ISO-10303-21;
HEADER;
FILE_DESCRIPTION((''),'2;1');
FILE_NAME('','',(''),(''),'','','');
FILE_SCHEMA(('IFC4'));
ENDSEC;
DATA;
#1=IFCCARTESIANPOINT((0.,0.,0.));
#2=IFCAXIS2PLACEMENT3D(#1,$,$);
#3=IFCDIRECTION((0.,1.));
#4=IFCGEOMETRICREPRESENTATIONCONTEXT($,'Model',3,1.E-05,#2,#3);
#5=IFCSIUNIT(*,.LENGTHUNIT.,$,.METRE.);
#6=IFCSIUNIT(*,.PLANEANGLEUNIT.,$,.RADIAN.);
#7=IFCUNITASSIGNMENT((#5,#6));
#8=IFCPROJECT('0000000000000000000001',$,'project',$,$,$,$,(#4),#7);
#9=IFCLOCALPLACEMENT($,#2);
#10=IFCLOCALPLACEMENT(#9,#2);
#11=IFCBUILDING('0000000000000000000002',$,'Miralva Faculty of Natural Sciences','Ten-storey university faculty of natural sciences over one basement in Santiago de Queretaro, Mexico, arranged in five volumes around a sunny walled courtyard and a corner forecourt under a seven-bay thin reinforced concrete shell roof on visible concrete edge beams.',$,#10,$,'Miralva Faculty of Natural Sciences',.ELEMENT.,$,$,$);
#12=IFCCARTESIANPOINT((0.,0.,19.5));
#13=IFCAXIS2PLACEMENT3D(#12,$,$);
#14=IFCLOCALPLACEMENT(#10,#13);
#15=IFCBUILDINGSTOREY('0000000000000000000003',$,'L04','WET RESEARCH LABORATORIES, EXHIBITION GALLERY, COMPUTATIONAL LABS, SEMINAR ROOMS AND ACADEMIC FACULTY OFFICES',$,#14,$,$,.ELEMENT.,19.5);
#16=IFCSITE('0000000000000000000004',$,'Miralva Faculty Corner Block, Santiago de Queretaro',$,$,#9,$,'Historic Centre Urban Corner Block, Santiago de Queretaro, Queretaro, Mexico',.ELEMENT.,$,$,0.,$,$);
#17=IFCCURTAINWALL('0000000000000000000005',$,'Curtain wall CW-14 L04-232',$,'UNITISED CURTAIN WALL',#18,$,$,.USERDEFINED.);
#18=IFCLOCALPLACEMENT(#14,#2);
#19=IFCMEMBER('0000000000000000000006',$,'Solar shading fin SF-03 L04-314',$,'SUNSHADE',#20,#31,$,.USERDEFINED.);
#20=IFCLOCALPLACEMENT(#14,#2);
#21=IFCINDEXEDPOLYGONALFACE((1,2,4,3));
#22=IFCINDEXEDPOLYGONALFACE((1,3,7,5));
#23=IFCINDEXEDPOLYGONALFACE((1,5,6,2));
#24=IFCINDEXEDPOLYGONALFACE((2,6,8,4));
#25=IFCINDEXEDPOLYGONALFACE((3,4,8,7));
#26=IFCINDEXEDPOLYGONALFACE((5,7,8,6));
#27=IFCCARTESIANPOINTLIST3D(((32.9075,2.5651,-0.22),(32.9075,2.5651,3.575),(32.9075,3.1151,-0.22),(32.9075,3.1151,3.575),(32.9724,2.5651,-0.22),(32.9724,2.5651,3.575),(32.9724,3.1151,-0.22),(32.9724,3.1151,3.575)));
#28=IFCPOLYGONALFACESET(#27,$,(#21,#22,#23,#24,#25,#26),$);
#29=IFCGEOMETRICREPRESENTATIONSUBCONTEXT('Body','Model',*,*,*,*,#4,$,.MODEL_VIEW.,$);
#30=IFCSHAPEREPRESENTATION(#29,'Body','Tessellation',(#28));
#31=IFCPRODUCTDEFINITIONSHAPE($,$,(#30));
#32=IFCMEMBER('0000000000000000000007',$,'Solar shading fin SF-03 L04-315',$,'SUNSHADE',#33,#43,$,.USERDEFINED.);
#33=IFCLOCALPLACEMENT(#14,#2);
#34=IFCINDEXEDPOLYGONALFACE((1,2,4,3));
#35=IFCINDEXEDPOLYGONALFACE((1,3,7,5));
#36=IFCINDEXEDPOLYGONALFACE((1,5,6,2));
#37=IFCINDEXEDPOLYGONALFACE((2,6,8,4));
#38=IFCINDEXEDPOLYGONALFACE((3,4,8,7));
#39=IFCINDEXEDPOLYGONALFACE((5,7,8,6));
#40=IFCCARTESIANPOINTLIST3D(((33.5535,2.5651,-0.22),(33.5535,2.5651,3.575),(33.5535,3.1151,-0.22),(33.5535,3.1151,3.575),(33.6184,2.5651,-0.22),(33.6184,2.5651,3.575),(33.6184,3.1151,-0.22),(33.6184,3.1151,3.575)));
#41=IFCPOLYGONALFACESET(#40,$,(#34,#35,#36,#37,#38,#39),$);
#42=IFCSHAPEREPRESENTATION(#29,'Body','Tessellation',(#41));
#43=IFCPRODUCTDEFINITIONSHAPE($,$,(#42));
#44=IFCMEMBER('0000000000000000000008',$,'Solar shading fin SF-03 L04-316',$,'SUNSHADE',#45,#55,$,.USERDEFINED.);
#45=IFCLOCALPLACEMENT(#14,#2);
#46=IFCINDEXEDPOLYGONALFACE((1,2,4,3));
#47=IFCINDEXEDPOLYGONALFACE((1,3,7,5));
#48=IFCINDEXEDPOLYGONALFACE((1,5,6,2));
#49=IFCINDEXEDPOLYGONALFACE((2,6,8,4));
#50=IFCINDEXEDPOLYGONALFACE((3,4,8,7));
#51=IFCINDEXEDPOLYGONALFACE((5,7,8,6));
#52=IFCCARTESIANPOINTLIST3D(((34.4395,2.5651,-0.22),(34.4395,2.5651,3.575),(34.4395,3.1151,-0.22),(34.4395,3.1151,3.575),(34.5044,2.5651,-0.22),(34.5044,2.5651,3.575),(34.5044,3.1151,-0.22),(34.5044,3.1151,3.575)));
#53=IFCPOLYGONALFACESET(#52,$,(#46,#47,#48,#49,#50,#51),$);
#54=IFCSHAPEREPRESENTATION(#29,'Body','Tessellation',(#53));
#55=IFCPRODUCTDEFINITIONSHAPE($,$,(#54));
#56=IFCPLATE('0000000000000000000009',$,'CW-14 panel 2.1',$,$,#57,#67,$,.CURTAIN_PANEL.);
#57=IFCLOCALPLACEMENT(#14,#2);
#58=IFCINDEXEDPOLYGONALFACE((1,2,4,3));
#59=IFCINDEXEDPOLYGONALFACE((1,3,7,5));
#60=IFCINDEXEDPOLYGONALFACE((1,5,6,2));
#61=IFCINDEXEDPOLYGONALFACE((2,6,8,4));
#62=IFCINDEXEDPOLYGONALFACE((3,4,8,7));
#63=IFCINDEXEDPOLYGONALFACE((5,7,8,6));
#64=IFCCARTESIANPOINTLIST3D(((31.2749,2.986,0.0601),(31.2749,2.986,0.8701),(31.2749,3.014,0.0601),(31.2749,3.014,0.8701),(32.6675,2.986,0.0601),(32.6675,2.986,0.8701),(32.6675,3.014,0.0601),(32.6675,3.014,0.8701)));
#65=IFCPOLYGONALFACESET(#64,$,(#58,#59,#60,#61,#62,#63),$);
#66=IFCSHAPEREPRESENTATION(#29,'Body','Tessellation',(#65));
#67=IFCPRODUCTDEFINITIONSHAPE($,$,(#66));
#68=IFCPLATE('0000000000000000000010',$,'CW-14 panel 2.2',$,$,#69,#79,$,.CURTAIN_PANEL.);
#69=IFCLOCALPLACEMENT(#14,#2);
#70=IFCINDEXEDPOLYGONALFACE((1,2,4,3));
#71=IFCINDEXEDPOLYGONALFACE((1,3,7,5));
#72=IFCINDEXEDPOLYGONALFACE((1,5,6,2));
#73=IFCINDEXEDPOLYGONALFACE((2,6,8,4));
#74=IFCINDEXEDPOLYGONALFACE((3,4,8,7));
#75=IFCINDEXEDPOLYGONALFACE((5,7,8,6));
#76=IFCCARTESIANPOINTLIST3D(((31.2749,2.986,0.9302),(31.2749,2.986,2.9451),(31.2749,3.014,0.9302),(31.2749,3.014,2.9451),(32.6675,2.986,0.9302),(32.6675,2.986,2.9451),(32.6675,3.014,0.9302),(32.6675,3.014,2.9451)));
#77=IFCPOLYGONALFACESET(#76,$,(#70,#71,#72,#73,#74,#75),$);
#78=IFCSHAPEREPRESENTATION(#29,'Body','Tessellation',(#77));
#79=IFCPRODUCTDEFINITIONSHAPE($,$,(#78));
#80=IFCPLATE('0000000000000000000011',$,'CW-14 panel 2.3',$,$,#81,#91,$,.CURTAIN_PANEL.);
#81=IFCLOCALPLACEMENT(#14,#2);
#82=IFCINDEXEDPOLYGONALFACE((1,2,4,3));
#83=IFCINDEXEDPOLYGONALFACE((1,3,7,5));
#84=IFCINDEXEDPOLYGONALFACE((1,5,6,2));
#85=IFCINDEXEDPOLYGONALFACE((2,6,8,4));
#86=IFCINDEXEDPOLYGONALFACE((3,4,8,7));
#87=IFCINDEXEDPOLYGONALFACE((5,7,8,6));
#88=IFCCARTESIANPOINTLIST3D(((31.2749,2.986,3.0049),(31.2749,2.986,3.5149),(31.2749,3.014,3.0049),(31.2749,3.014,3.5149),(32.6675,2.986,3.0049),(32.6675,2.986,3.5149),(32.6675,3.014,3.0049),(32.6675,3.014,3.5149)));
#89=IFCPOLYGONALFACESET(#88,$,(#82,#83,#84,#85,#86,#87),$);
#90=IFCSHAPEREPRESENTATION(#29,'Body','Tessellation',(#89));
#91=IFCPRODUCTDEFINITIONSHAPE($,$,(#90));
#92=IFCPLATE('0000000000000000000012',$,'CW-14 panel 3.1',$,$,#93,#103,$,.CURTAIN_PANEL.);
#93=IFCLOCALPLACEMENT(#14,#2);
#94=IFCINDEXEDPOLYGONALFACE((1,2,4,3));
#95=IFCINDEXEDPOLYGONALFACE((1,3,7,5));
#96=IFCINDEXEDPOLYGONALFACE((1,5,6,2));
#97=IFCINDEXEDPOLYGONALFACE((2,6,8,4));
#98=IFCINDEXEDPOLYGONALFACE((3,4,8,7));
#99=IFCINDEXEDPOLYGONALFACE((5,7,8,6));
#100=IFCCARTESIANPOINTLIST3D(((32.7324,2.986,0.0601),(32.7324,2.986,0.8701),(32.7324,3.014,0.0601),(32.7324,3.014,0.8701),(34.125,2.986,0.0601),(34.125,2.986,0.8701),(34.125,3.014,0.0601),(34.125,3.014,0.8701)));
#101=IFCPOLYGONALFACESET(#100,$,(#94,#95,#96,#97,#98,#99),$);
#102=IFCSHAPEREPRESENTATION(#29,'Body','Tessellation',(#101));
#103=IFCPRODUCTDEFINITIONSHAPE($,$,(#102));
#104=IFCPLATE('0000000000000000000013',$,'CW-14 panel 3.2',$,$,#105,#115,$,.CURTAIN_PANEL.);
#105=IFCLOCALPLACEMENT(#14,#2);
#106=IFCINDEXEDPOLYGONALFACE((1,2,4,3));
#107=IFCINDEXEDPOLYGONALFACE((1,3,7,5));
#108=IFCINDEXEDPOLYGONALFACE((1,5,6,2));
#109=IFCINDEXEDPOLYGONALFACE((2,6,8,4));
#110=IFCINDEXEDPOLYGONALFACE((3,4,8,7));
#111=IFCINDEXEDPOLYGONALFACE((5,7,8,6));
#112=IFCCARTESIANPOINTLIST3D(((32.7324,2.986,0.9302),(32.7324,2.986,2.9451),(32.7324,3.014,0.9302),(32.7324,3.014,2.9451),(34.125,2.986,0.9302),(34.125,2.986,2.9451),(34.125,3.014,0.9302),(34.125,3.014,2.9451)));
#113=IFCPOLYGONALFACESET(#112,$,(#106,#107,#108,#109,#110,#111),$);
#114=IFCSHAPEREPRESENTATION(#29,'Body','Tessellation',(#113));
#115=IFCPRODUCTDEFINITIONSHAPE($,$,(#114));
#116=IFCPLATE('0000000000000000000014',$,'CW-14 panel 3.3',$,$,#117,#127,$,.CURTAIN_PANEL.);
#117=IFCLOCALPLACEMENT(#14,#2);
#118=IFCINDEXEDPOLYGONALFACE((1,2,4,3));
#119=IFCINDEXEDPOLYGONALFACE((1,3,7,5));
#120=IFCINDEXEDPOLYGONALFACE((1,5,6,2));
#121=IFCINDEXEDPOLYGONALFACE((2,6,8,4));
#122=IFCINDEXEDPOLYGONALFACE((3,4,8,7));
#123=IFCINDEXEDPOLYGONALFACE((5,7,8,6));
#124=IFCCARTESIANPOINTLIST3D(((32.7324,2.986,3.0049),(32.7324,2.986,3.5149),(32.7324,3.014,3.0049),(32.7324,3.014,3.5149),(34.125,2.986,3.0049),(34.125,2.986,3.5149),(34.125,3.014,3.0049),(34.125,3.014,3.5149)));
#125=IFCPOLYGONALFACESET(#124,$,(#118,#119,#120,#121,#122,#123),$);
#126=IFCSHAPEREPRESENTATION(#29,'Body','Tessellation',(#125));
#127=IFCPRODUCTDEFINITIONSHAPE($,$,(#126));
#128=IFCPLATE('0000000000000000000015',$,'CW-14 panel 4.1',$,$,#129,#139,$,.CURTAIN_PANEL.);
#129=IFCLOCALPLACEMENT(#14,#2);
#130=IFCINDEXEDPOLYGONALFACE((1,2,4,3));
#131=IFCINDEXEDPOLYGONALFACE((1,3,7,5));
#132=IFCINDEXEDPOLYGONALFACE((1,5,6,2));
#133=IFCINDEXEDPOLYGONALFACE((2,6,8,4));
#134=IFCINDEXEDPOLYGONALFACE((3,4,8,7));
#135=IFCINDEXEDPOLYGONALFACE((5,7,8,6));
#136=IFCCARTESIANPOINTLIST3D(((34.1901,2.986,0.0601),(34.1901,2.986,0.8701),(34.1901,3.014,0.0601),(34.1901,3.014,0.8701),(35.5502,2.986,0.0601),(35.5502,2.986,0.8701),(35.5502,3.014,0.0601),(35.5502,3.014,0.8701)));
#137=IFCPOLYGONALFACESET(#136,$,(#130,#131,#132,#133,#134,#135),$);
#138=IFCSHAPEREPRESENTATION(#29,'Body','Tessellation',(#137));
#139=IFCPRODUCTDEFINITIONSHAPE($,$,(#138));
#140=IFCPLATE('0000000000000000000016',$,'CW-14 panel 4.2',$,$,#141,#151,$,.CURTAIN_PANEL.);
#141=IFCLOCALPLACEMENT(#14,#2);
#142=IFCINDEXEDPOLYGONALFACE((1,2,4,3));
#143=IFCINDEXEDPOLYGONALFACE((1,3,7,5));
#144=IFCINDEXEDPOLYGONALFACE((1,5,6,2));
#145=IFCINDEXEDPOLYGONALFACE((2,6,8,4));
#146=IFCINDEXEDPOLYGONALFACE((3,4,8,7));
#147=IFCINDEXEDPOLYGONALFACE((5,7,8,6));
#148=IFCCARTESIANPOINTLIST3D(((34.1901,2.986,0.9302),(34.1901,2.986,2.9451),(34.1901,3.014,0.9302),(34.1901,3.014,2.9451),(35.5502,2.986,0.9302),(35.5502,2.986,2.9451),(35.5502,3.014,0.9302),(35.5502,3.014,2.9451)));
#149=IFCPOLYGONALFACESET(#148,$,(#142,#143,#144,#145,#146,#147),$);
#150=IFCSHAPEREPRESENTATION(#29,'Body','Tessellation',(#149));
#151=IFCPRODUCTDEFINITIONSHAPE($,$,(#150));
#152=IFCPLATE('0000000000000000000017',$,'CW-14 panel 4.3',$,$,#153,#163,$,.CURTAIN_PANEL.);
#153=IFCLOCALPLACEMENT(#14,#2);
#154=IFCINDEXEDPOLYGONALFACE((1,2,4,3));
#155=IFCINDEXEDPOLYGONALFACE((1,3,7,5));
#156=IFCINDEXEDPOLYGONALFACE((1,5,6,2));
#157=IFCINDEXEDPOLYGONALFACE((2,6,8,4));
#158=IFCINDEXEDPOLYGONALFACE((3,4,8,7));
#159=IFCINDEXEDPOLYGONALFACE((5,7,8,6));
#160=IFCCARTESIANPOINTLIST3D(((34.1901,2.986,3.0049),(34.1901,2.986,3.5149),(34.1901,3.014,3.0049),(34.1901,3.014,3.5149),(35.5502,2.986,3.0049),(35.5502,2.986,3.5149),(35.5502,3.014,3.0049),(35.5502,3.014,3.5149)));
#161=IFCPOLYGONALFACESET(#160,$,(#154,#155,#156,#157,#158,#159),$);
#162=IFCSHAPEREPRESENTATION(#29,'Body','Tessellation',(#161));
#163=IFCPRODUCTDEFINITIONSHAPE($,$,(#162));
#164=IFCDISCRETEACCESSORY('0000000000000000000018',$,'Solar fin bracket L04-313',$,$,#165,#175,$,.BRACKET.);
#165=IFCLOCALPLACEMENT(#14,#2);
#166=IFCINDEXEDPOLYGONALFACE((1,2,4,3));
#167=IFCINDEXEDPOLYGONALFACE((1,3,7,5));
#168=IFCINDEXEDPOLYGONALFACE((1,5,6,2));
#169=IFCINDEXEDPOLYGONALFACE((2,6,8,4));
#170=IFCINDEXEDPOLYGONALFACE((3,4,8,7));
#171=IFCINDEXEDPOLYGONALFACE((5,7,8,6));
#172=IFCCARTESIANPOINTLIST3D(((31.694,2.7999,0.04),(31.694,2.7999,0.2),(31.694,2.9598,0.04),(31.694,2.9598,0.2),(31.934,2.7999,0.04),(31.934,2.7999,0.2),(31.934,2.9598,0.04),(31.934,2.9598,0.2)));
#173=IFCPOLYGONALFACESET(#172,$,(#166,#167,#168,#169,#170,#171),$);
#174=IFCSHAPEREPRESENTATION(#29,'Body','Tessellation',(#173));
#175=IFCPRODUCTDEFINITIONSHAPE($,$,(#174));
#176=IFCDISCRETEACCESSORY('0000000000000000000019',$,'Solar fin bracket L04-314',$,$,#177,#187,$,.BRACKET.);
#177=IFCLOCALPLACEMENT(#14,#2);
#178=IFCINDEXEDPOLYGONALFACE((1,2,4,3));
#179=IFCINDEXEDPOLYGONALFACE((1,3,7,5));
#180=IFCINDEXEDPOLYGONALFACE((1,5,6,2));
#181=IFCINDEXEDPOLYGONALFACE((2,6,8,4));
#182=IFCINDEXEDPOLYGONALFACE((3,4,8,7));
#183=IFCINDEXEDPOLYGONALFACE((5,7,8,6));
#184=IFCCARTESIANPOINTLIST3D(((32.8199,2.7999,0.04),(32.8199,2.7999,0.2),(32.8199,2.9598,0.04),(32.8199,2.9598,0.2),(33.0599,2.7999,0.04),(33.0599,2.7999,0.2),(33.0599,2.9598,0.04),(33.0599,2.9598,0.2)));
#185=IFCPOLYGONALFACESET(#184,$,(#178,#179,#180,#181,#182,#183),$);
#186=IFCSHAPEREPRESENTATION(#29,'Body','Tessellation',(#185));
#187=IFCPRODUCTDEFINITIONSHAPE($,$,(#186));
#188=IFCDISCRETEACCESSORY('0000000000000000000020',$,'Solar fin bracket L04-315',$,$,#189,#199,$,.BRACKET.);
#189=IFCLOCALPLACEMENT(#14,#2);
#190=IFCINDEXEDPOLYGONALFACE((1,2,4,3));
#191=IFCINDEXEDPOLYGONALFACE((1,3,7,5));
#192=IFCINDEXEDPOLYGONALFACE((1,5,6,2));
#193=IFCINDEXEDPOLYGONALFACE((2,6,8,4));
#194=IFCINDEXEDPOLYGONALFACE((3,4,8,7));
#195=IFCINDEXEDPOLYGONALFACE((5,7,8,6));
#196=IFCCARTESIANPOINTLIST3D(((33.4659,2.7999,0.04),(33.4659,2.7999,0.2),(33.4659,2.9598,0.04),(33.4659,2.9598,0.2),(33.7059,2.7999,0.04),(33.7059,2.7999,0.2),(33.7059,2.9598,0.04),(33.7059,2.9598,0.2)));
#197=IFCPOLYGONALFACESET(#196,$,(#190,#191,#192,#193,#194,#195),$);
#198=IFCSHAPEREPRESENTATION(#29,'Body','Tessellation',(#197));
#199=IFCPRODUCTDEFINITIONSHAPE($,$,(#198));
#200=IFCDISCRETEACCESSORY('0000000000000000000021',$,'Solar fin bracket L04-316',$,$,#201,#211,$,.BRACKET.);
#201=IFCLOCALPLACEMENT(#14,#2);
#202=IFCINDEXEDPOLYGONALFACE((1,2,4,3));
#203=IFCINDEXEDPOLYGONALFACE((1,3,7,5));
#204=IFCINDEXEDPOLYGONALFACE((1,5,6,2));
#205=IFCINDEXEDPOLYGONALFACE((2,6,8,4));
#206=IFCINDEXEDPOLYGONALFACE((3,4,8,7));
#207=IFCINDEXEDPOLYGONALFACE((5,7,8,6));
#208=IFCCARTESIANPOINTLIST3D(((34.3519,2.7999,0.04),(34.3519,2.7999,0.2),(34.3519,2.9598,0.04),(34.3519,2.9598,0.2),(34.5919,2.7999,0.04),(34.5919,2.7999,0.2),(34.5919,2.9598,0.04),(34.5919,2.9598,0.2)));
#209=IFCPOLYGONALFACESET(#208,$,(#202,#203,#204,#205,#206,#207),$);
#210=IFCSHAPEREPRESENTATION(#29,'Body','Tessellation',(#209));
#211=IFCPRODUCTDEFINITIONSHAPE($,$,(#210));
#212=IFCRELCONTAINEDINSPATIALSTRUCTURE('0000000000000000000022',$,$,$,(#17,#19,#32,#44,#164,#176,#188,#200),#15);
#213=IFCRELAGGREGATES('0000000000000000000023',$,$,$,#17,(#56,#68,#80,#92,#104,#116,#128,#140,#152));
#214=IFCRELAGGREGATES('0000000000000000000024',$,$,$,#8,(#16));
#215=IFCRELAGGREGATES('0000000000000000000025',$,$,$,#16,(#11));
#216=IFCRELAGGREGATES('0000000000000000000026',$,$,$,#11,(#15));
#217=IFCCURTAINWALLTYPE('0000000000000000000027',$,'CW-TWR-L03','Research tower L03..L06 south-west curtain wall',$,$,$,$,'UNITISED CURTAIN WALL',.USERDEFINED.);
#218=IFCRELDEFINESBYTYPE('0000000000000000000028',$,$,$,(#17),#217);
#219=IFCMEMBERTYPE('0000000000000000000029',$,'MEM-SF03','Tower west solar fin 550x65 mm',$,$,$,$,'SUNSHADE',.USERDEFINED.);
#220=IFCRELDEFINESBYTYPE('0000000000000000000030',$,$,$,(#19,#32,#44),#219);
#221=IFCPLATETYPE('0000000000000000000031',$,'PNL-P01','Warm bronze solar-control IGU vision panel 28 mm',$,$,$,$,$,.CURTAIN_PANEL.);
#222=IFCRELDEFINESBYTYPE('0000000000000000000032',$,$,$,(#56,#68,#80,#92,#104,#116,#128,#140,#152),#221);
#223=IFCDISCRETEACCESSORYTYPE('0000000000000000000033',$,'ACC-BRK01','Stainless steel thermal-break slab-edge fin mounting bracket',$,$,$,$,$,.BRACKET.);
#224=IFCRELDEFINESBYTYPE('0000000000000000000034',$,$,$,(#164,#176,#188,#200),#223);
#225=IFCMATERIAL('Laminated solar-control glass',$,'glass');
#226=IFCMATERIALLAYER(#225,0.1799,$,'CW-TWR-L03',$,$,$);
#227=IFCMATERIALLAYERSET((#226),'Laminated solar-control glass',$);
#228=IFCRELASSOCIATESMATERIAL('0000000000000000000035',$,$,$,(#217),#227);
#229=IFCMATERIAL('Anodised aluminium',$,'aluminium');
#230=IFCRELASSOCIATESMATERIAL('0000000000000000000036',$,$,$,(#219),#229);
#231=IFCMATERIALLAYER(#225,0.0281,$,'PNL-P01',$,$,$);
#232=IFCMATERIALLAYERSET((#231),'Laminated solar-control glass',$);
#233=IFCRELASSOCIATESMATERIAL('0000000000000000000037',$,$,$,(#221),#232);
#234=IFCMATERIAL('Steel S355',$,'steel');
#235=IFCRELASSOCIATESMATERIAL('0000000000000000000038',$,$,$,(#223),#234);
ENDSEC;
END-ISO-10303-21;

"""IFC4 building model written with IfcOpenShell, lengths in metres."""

from ifc_helpers import new_model, si_unit, direction, frame, origin, origin_2d, place, context, subcontext, project, spatial, rectangle, extrude, material, layer, layer_set, material_profile, profile_set, type_object, element, aggregate, save


model = new_model("IFC4")

# Units and contexts
model_context = context("Model", 3, precision=1e-05, world=origin(), true_north=direction((0.0, 1.0)))
body_context = subcontext(model_context, "Body", "Model", "MODEL_VIEW")
ifc_project = project(units=[si_unit("LENGTHUNIT", "METRE"), si_unit("PLANEANGLEUNIT", "RADIAN")], contexts=[model_context])

# Site, building, storey
site_placement = place(None, origin())
site = spatial("IfcSite", under=ifc_project, at=site_placement, Name="Miralva Faculty Corner Block, Santiago de Queretaro", LongName="Historic Centre Urban Corner Block, Santiago de Queretaro, Queretaro, Mexico", CompositionType="ELEMENT", RefElevation=0.0)
building_placement = place(site_placement, origin())
building = spatial("IfcBuilding", under=site, at=building_placement, Name="Miralva Faculty of Natural Sciences", Description="Ten-storey university faculty of natural sciences over one basement in Santiago de Queretaro, Mexico, arranged in five volumes around a sunny walled courtyard and a corner forecourt under a seven-bay thin reinforced concrete shell roof on visible concrete edge beams.", LongName="Miralva Faculty of Natural Sciences", CompositionType="ELEMENT")
storey_placement = place(building_placement, frame((0.0, 0.0, 19.5)))
storey = spatial("IfcBuildingStorey", under=building, at=storey_placement, Name="L04", Description="WET RESEARCH LABORATORIES, EXHIBITION GALLERY, COMPUTATIONAL LABS, SEMINAR ROOMS AND ACADEMIC FACULTY OFFICES", CompositionType="ELEMENT", Elevation=19.5)

# Curtain wall
ifc_material_1 = material(Name="Laminated solar-control glass", Category="glass")
ifc_layer_1 = layer(ifc_material_1, 0.1799, Name="CW-TWR-L03")
ifc_layer_set_1 = layer_set([ifc_layer_1], Name="Laminated solar-control glass")
curtain_wall_type = type_object("IfcCurtainWallType", Name="CW-TWR-L03", Description="Research tower L03..L06 south-west curtain wall", ElementType="UNITISED CURTAIN WALL", PredefinedType="USERDEFINED", material=ifc_layer_set_1)
curtain_wall_placement = place(storey_placement, origin())
curtain_wall = element("IfcCurtainWall", 1, at=curtain_wall_placement, inside=storey, type_object=curtain_wall_type, Name="Curtain wall CW-14 L04-232", ObjectType="UNITISED CURTAIN WALL", PredefinedType="USERDEFINED")
ifc_material_2 = material(Name="Anodised aluminium", Category="aluminium")

# Members
ifc_material_profile_1 = material_profile(ifc_material_2, rectangle(XDim=0.0649, YDim=0.55, at=origin_2d()), Name="FIN 550x65")
ifc_profile_set_1 = profile_set([ifc_material_profile_1], Name="Anodised aluminium")
member_type_1 = type_object("IfcMemberType", Name="MEM-SF03", Description="Tower west solar fin 550x65 mm", ElementType="SUNSHADE", PredefinedType="USERDEFINED", material=ifc_profile_set_1)
for number, where, z_axis, x_axis, name in (
    (2, (32.9399, 2.8401, -0.22), (0.0, 0.0, 1.0), (1.0, 0.0, 0.0), "Solar shading fin SF-03 L04-314"),
    (3, (33.5859, 2.8401, -0.22), (0.0, 0.0, 1.0), (1.0, 0.0, 0.0), "Solar shading fin SF-03 L04-315"),
    (4, (34.4719, 2.8401, -0.22), (0.0, 0.0, 1.0), (1.0, 0.0, 0.0), "Solar shading fin SF-03 L04-316"),
):
    element("IfcMember", number, at=place(storey_placement, frame(where, z_axis=z_axis, x_axis=x_axis)), inside=storey, type_object=member_type_1, Name=name, ObjectType="SUNSHADE", PredefinedType="USERDEFINED", context=body_context, shape_type="SweptSolid", body=[
        extrude(rectangle(XDim=0.0649, YDim=0.55, at=origin_2d()), origin(), (0.0, 0.0, 1.0), 3.7949),
    ])

# Plates
ifc_layer_2 = layer(ifc_material_1, 0.0281, Name="PNL-P01")
ifc_layer_set_2 = layer_set([ifc_layer_2], Name="Laminated solar-control glass")
plate_type = type_object("IfcPlateType", Name="PNL-P01", Description="Warm bronze solar-control IGU vision panel 28 mm", PredefinedType="CURTAIN_PANEL", material=ifc_layer_set_2)
plate_1_placement = place(storey_placement, frame((31.9712, 3.0, 0.0601), z_axis=(0.0, 0.0, 1.0), x_axis=(1.0, 0.0, 0.0)))
plate_1 = element("IfcPlate", 5, at=plate_1_placement, type_object=plate_type, Name="CW-14 panel 2.1", PredefinedType="CURTAIN_PANEL", context=body_context, shape_type="SweptSolid", body=[
    extrude(rectangle(XDim=1.3926, YDim=0.0281, at=origin_2d()), origin(), (0.0, 0.0, 1.0), 0.8101),
])
plate_2_placement = place(storey_placement, frame((31.9712, 3.0, 0.9302), z_axis=(0.0, 0.0, 1.0), x_axis=(1.0, 0.0, 0.0)))
plate_2 = element("IfcPlate", 6, at=plate_2_placement, type_object=plate_type, Name="CW-14 panel 2.2", PredefinedType="CURTAIN_PANEL", context=body_context, shape_type="SweptSolid", body=[
    extrude(rectangle(XDim=1.3926, YDim=0.0281, at=origin_2d()), origin(), (0.0, 0.0, 1.0), 2.0149),
])
plate_3_placement = place(storey_placement, frame((31.9712, 3.0, 3.0049), z_axis=(0.0, 0.0, 1.0), x_axis=(1.0, 0.0, 0.0)))
plate_3 = element("IfcPlate", 7, at=plate_3_placement, type_object=plate_type, Name="CW-14 panel 2.3", PredefinedType="CURTAIN_PANEL", context=body_context, shape_type="SweptSolid", body=[
    extrude(rectangle(XDim=1.3926, YDim=0.0281, at=origin_2d()), origin(), (0.0, 0.0, 1.0), 0.51),
])
plate_4_placement = place(storey_placement, frame((33.4287, 3.0, 0.0601), z_axis=(0.0, 0.0, 1.0), x_axis=(1.0, 0.0, 0.0)))
plate_4 = element("IfcPlate", 8, at=plate_4_placement, type_object=plate_type, Name="CW-14 panel 3.1", PredefinedType="CURTAIN_PANEL", context=body_context, shape_type="SweptSolid", body=[
    extrude(rectangle(XDim=1.3926, YDim=0.0281, at=origin_2d()), origin(), (0.0, 0.0, 1.0), 0.8101),
])
plate_5_placement = place(storey_placement, frame((33.4287, 3.0, 0.9302), z_axis=(0.0, 0.0, 1.0), x_axis=(1.0, 0.0, 0.0)))
plate_5 = element("IfcPlate", 9, at=plate_5_placement, type_object=plate_type, Name="CW-14 panel 3.2", PredefinedType="CURTAIN_PANEL", context=body_context, shape_type="SweptSolid", body=[
    extrude(rectangle(XDim=1.3926, YDim=0.0281, at=origin_2d()), origin(), (0.0, 0.0, 1.0), 2.0149),
])
plate_6_placement = place(storey_placement, frame((33.4287, 3.0, 3.0049), z_axis=(0.0, 0.0, 1.0), x_axis=(1.0, 0.0, 0.0)))
plate_6 = element("IfcPlate", 10, at=plate_6_placement, type_object=plate_type, Name="CW-14 panel 3.3", PredefinedType="CURTAIN_PANEL", context=body_context, shape_type="SweptSolid", body=[
    extrude(rectangle(XDim=1.3926, YDim=0.0281, at=origin_2d()), origin(), (0.0, 0.0, 1.0), 0.51),
])
plate_7_placement = place(storey_placement, frame((34.8701, 3.0, 0.0601), z_axis=(0.0, 0.0, 1.0), x_axis=(1.0, 0.0, 0.0)))
plate_7 = element("IfcPlate", 11, at=plate_7_placement, type_object=plate_type, Name="CW-14 panel 4.1", PredefinedType="CURTAIN_PANEL", context=body_context, shape_type="SweptSolid", body=[
    extrude(rectangle(XDim=1.3601, YDim=0.0281, at=origin_2d()), origin(), (0.0, 0.0, 1.0), 0.8101),
])
plate_8_placement = place(storey_placement, frame((34.8701, 3.0, 0.9302), z_axis=(0.0, 0.0, 1.0), x_axis=(1.0, 0.0, 0.0)))
plate_8 = element("IfcPlate", 12, at=plate_8_placement, type_object=plate_type, Name="CW-14 panel 4.2", PredefinedType="CURTAIN_PANEL", context=body_context, shape_type="SweptSolid", body=[
    extrude(rectangle(XDim=1.3601, YDim=0.0281, at=origin_2d()), origin(), (0.0, 0.0, 1.0), 2.0149),
])
plate_9_placement = place(storey_placement, frame((34.8701, 3.0, 3.0049), z_axis=(0.0, 0.0, 1.0), x_axis=(1.0, 0.0, 0.0)))
plate_9 = element("IfcPlate", 13, at=plate_9_placement, type_object=plate_type, Name="CW-14 panel 4.3", PredefinedType="CURTAIN_PANEL", context=body_context, shape_type="SweptSolid", body=[
    extrude(rectangle(XDim=1.3601, YDim=0.0281, at=origin_2d()), origin(), (0.0, 0.0, 1.0), 0.51),
])
aggregate(curtain_wall, [plate_1, plate_2, plate_3, plate_4, plate_5, plate_6, plate_7, plate_8, plate_9])

# Discrete accessories
ifc_material_3 = material(Name="Steel S355", Category="steel")
discrete_accessory_type = type_object("IfcDiscreteAccessoryType", Name="ACC-BRK01", Description="Stainless steel thermal-break slab-edge fin mounting bracket", PredefinedType="BRACKET", material=ifc_material_3)
for number, where, z_axis, x_axis, name in (
    (14, (31.814, 2.8799, 0.04), (0.0, 0.0, 1.0), (0.0, -1.0, 0.0), "Solar fin bracket L04-313"),
    (15, (32.9399, 2.8799, 0.04), (0.0, 0.0, 1.0), (0.0, -1.0, 0.0), "Solar fin bracket L04-314"),
    (16, (33.5859, 2.8799, 0.04), (0.0, 0.0, 1.0), (0.0, -1.0, 0.0), "Solar fin bracket L04-315"),
    (17, (34.4719, 2.8799, 0.04), (0.0, 0.0, 1.0), (0.0, -1.0, 0.0), "Solar fin bracket L04-316"),
):
    element("IfcDiscreteAccessory", number, at=place(storey_placement, frame(where, z_axis=z_axis, x_axis=x_axis)), inside=storey, type_object=discrete_accessory_type, Name=name, PredefinedType="BRACKET", context=body_context, shape_type="SweptSolid", body=[
        extrude(rectangle(XDim=0.1599, YDim=0.24, at=origin_2d()), origin(), (0.0, 0.0, 1.0), 0.1599),
    ])

save(model, "model.ifc")
